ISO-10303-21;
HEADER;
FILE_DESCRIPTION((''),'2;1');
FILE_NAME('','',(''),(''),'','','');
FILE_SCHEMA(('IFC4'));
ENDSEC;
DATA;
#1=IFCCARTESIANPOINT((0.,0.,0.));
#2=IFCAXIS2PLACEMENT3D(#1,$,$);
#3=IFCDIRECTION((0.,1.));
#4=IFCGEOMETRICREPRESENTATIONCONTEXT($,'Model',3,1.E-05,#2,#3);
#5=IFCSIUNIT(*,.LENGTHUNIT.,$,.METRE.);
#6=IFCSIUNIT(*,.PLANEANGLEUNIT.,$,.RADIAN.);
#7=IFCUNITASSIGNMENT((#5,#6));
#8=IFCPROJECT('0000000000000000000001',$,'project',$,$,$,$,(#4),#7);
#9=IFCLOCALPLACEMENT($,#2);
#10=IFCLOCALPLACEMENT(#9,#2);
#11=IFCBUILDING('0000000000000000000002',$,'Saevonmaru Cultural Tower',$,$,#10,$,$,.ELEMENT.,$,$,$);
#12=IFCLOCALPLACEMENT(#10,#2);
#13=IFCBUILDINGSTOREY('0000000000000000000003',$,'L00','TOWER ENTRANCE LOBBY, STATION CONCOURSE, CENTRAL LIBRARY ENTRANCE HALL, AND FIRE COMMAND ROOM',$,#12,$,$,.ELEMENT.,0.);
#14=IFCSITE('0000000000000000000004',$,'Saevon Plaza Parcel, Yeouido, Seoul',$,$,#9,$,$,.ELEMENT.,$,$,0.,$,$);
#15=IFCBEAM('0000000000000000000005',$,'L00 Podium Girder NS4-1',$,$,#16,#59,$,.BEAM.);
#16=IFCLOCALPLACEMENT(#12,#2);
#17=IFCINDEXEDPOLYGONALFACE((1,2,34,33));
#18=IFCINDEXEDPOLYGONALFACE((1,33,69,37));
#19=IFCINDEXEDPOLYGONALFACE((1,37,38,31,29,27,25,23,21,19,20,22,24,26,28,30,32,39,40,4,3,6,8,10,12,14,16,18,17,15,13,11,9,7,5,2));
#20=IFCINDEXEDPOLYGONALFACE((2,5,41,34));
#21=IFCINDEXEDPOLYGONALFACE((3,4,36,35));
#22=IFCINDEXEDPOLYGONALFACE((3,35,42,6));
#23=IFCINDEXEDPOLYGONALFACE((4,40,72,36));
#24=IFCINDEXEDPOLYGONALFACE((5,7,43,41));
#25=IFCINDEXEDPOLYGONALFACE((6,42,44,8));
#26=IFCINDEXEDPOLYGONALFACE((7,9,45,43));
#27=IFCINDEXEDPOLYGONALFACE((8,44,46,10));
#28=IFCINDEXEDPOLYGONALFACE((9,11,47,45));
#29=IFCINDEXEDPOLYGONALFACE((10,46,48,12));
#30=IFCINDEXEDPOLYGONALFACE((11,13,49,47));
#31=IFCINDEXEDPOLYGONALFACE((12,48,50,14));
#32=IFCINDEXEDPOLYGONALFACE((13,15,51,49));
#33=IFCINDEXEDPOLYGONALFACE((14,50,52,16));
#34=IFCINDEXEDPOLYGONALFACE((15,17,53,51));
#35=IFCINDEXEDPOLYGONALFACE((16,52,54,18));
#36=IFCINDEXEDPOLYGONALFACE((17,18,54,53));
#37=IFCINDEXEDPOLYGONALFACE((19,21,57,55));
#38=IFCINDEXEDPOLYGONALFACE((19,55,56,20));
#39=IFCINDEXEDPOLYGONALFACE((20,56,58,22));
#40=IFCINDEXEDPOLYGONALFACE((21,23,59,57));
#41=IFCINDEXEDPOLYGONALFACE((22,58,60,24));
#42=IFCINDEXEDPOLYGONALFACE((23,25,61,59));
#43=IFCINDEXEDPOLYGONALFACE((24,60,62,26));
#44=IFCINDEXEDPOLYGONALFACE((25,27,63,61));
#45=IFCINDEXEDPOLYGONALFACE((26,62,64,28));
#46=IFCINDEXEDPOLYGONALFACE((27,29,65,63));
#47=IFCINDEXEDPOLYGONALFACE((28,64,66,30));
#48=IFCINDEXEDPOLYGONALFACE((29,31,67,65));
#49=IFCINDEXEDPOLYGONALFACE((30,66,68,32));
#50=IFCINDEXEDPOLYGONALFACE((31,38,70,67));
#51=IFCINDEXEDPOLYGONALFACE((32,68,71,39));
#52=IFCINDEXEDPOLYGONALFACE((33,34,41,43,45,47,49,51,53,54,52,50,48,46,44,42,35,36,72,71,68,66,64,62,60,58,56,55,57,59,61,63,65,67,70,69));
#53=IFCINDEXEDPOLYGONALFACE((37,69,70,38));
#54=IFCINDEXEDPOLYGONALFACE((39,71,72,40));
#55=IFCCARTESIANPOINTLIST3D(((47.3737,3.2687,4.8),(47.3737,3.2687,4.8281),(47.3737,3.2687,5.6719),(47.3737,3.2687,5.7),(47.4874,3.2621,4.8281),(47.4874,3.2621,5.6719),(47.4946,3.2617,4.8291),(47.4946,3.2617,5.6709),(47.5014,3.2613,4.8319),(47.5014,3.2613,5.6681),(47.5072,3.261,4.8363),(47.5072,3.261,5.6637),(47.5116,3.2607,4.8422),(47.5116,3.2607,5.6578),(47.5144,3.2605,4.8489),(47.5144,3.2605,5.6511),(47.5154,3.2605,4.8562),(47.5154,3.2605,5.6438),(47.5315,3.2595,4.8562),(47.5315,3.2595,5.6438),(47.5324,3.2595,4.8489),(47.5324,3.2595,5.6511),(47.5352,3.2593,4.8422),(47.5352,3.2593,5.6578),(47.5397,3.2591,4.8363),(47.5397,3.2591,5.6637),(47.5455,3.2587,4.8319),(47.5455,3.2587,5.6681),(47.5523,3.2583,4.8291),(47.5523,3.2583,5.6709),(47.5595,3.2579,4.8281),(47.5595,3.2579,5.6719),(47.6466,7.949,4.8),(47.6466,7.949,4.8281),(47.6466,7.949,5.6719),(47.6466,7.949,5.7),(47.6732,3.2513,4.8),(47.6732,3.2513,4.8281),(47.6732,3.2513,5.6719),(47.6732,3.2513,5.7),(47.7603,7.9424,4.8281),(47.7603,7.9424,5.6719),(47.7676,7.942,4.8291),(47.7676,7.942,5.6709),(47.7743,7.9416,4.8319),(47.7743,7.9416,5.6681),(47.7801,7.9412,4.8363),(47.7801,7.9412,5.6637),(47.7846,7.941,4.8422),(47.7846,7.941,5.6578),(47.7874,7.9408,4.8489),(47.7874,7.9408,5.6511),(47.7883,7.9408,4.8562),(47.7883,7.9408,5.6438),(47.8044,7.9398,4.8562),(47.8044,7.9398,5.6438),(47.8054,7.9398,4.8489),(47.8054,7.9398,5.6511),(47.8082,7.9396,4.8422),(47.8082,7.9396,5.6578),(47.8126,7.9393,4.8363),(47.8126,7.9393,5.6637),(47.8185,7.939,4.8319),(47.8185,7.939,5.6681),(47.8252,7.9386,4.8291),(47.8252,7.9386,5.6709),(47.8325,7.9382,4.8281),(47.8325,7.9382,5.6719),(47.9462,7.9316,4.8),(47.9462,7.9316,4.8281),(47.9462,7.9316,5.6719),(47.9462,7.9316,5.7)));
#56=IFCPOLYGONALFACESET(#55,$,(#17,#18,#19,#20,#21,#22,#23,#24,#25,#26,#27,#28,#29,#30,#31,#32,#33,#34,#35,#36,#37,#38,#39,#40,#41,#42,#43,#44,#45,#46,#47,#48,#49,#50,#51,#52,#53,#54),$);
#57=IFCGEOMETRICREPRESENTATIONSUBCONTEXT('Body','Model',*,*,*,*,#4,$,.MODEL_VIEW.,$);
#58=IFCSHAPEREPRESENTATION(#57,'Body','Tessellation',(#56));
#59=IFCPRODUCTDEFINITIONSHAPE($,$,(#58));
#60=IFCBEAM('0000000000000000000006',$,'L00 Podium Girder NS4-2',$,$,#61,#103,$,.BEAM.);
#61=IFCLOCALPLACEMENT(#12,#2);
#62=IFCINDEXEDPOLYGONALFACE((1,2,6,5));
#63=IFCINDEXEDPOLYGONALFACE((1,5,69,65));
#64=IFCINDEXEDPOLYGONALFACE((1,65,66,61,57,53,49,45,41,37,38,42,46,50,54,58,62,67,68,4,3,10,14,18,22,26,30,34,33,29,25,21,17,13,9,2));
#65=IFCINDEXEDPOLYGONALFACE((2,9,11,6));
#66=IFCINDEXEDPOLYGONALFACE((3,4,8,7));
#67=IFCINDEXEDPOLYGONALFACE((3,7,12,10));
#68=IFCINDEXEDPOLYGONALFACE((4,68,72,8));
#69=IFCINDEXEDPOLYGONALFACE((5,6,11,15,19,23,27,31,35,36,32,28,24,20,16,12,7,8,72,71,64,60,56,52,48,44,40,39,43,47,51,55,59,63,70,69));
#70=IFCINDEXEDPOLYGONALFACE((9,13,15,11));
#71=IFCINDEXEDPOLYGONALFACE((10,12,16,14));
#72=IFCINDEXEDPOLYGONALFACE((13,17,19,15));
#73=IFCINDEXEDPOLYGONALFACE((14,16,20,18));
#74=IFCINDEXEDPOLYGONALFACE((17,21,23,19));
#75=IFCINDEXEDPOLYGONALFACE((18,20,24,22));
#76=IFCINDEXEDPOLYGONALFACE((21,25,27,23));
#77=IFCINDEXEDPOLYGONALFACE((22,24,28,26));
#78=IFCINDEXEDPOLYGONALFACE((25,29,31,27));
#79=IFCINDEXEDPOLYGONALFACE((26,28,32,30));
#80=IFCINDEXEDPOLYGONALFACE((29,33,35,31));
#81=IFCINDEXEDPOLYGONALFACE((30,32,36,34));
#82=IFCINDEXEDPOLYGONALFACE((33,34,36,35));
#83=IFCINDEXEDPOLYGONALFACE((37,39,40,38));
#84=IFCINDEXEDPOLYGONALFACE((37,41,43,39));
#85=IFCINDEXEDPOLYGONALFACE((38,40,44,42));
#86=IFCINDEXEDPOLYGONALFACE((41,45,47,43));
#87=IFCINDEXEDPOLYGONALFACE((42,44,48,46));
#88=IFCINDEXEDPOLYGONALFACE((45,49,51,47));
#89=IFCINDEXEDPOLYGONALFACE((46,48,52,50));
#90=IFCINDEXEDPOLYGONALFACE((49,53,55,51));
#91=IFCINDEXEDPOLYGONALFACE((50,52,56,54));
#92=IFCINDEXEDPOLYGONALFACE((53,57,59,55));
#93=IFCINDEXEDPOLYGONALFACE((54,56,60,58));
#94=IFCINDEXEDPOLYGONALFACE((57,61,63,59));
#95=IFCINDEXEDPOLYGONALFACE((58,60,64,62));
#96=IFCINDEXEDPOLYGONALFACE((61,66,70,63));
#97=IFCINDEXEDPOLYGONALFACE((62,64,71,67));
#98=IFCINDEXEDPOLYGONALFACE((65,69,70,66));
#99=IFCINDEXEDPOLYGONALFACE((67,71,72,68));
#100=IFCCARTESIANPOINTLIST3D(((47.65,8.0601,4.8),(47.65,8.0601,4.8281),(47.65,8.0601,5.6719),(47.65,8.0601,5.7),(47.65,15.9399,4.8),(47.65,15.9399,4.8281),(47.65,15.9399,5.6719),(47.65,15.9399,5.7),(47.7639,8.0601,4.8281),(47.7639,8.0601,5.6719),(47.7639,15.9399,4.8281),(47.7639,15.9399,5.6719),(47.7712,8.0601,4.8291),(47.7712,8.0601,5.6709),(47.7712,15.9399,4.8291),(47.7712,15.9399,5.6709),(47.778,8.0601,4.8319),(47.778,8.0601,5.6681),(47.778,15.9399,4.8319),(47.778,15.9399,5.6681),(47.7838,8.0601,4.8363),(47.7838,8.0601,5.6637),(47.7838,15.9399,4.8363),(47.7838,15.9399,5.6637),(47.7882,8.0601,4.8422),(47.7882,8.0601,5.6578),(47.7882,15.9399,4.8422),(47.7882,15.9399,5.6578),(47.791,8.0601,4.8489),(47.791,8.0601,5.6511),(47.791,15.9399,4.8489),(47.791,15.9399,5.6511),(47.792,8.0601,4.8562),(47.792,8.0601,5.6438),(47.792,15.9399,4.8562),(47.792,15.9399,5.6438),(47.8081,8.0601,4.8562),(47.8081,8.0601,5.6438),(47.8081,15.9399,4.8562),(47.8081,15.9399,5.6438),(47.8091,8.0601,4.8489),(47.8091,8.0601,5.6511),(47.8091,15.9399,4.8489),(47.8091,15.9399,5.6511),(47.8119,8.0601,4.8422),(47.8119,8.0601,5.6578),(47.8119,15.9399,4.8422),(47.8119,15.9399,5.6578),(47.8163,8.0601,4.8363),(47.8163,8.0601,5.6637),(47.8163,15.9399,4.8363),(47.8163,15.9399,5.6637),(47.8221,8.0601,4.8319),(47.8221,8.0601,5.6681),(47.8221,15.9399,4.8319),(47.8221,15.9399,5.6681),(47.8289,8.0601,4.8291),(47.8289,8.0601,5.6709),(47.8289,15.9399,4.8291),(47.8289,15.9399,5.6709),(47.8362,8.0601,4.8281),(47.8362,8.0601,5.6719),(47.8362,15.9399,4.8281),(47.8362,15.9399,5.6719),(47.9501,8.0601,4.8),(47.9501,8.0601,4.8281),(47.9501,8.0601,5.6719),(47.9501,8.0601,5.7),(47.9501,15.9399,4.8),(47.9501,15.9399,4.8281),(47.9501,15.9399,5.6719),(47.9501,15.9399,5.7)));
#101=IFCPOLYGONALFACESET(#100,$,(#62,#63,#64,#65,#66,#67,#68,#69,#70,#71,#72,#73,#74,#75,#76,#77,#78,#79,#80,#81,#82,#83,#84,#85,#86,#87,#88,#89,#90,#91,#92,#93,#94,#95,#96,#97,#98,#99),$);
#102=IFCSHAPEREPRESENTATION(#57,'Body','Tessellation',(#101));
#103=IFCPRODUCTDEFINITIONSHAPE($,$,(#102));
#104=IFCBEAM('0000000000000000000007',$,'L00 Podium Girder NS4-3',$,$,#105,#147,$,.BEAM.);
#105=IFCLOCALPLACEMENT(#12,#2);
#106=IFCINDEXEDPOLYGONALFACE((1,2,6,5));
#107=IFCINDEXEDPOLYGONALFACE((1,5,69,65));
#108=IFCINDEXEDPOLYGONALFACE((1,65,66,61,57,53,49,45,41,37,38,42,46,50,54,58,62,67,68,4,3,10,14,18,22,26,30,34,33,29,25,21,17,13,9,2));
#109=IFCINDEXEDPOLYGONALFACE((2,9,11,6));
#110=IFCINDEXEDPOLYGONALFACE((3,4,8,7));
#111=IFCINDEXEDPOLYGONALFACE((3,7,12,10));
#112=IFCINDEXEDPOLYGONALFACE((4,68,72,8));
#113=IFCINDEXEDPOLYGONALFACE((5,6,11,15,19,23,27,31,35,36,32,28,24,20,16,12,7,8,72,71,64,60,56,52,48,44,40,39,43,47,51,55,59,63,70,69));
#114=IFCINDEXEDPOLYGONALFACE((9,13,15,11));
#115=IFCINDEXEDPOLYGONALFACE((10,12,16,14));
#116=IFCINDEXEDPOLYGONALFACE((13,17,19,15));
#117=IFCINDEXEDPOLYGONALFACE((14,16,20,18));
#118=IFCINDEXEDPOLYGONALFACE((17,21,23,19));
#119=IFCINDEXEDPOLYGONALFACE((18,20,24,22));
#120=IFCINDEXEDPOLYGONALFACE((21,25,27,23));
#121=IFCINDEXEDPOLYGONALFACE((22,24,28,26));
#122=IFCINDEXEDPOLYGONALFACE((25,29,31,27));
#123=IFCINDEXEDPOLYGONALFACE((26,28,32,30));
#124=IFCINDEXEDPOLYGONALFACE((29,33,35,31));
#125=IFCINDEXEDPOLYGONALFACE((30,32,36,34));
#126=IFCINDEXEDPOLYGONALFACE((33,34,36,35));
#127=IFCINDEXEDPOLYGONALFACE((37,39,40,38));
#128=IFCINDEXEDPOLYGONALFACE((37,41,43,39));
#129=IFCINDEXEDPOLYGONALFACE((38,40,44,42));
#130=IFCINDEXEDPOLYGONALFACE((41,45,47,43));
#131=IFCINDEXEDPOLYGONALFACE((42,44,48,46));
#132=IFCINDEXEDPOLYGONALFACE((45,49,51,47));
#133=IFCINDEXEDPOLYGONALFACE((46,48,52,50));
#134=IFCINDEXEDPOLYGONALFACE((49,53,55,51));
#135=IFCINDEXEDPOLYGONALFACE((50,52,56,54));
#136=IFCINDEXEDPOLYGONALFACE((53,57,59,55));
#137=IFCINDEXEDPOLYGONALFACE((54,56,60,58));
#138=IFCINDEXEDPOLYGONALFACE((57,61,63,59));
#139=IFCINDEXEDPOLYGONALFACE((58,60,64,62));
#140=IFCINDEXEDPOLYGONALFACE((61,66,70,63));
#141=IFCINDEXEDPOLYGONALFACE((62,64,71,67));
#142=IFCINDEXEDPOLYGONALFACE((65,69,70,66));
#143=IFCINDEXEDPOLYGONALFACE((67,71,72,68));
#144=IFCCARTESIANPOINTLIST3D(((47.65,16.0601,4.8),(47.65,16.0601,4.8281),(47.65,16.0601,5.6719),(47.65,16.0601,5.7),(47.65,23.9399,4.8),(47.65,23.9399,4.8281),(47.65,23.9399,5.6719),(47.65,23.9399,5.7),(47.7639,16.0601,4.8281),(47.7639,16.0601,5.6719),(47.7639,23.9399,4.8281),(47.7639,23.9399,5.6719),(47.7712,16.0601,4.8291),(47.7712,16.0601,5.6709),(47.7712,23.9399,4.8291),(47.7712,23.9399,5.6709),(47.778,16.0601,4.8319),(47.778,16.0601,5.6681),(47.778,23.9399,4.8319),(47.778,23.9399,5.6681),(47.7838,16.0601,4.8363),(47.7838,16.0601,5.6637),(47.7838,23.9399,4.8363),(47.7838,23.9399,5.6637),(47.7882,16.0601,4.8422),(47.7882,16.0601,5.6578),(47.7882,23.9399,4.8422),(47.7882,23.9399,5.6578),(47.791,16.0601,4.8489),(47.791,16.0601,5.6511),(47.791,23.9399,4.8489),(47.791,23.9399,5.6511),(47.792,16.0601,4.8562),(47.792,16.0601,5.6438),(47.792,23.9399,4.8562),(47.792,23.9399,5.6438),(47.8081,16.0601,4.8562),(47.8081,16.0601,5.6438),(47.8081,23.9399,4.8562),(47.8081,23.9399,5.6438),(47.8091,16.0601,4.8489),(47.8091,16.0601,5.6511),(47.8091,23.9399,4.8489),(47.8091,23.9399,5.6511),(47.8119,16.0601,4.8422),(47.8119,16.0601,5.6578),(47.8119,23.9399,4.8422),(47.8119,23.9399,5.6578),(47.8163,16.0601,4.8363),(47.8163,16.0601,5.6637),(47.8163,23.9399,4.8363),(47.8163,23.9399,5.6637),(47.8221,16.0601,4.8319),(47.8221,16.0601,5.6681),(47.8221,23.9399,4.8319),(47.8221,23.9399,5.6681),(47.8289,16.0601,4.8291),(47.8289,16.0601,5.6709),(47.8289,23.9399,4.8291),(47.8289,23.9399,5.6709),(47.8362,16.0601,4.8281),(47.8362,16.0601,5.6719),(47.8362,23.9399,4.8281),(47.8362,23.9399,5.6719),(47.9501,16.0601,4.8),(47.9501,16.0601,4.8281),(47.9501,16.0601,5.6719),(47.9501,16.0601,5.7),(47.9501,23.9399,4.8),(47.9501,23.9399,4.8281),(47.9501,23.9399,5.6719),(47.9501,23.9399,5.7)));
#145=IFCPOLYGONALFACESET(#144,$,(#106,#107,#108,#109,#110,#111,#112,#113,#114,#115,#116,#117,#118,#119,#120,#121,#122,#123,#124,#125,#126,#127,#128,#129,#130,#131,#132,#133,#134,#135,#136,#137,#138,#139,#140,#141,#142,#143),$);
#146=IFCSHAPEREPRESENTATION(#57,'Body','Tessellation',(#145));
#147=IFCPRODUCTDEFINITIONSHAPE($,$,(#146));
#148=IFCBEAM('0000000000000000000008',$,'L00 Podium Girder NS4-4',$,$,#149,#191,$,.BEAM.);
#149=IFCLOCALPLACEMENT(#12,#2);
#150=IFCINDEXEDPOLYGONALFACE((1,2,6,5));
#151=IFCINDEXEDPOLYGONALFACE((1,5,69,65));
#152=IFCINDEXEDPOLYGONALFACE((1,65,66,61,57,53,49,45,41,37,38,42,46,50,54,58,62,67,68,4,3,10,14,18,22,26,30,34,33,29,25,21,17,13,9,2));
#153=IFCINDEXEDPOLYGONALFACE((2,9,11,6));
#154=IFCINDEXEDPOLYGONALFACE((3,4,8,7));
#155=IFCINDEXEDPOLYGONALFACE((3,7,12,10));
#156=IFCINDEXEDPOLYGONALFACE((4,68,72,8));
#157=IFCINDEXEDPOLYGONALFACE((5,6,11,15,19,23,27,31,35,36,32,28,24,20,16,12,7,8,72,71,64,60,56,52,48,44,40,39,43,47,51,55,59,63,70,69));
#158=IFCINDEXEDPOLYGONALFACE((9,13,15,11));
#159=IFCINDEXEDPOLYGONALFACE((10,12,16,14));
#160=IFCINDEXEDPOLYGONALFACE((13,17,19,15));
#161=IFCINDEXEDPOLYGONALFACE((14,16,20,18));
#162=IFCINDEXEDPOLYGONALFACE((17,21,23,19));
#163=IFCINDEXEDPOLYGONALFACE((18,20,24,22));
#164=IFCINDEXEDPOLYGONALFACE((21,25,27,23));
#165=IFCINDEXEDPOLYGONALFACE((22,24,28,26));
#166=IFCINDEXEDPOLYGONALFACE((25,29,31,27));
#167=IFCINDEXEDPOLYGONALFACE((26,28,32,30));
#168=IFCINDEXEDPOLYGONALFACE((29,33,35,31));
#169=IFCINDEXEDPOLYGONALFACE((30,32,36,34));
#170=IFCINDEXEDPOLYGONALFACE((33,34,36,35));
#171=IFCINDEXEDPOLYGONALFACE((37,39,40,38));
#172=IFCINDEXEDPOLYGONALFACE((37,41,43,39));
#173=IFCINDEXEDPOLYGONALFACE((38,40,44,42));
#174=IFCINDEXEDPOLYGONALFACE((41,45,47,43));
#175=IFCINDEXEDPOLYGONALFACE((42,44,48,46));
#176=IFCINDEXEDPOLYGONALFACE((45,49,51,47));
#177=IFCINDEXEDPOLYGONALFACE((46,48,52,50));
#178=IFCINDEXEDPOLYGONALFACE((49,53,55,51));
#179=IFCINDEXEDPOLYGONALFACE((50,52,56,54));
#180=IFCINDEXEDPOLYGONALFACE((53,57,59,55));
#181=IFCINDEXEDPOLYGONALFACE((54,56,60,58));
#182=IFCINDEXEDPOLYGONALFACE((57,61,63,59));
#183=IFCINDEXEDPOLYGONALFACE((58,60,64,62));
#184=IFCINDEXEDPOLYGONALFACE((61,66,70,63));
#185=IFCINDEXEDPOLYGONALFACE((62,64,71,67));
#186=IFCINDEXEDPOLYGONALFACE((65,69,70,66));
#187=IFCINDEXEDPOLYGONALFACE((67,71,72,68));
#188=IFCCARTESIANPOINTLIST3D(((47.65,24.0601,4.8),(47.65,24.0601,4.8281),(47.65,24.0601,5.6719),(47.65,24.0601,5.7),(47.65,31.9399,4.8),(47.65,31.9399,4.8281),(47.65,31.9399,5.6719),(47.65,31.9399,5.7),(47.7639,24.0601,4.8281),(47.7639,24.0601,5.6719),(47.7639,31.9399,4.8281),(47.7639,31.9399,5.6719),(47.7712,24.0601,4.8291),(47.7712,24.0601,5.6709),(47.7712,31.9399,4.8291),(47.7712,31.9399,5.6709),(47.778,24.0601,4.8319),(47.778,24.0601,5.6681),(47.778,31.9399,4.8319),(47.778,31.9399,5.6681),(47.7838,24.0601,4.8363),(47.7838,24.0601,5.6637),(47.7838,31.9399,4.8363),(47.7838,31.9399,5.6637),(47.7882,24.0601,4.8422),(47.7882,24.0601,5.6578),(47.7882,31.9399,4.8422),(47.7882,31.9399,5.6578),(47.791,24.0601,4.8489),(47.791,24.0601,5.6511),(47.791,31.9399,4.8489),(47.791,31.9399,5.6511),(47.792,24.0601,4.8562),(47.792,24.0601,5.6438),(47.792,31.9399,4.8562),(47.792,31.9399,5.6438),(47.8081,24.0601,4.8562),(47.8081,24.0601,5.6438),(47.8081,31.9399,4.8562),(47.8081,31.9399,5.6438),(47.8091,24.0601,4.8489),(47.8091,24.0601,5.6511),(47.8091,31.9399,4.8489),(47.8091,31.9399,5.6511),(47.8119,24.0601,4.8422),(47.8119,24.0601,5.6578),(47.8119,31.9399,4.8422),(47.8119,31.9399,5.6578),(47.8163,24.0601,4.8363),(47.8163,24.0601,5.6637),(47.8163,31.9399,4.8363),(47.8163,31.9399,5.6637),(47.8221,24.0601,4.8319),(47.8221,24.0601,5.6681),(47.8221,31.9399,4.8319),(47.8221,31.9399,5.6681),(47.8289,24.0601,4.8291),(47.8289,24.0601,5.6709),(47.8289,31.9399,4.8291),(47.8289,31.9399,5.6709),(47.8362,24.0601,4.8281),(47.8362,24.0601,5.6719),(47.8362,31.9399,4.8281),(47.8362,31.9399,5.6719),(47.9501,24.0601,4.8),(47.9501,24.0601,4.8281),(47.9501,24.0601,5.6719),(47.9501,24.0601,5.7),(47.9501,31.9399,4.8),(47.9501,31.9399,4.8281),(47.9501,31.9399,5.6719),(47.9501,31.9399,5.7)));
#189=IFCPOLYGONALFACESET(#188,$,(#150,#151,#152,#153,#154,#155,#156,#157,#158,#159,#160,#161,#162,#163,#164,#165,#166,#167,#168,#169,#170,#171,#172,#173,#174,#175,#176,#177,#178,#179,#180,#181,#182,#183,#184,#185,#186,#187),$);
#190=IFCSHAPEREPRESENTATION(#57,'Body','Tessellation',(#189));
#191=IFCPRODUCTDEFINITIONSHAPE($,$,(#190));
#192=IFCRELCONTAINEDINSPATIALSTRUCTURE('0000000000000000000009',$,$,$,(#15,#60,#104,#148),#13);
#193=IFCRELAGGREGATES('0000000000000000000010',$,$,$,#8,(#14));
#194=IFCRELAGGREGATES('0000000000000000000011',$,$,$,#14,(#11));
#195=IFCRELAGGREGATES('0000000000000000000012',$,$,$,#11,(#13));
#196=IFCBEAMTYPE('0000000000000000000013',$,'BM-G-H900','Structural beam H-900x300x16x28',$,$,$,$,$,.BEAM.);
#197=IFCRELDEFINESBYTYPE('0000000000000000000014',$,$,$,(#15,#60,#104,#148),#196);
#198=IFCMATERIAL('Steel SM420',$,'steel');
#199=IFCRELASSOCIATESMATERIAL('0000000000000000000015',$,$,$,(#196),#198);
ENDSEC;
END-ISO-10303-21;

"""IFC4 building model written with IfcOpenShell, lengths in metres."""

from ifc_helpers import new_model, si_unit, direction, frame, origin, origin_2d, place, context, subcontext, project, spatial, i_section, extrude, material, material_profile, profile_set, type_object, element, save


model = new_model("IFC4")

# Units and contexts
model_context = context("Model", 3, precision=1e-05, world=origin(), true_north=direction((0.0, 1.0)))
body_context = subcontext(model_context, "Body", "Model", "MODEL_VIEW")
ifc_project = project(units=[si_unit("LENGTHUNIT", "METRE"), si_unit("PLANEANGLEUNIT", "RADIAN")], contexts=[model_context])

# Site, building, storey
site_placement = place(None, origin())
site = spatial("IfcSite", under=ifc_project, at=site_placement, Name="Saevon Plaza Parcel, Yeouido, Seoul", CompositionType="ELEMENT", RefElevation=0.0)
building_placement = place(site_placement, origin())
building = spatial("IfcBuilding", under=site, at=building_placement, Name="Saevonmaru Cultural Tower", CompositionType="ELEMENT")
storey_placement = place(building_placement, origin())
storey = spatial("IfcBuildingStorey", under=building, at=storey_placement, Name="L00", Description="TOWER ENTRANCE LOBBY, STATION CONCOURSE, CENTRAL LIBRARY ENTRANCE HALL, AND FIRE COMMAND ROOM", CompositionType="ELEMENT", Elevation=0.0)

# Beams
ifc_material_1 = material(Name="Steel SM420", Category="steel")
ifc_material_profile_1 = material_profile(ifc_material_1, i_section(OverallWidth=0.3, OverallDepth=0.8999, WebThickness=0.0161, FlangeThickness=0.0281, FilletRadius=0.0281, at=origin_2d()), Name="H-900x300x16x28")
ifc_profile_set_1 = profile_set([ifc_material_profile_1], Name="Steel SM420")
beam_type_1 = type_object("IfcBeamType", Name="BM-G-H900", Description="Structural beam H-900x300x16x28", PredefinedType="BEAM", material=ifc_profile_set_1)
beam_1_placement = place(storey_placement, frame((47.5234, 3.26, 5.25), z_axis=(0.058221, 0.998304, 0.0), x_axis=(-0.998304, 0.058221, 0.0)))
element("IfcBeam", 1, at=beam_1_placement, inside=storey, type_object=beam_type_1, Name="L00 Podium Girder NS4-1", PredefinedType="BEAM", context=body_context, shape_type="SweptSolid", body=[
    extrude(i_section(OverallWidth=0.3, OverallDepth=0.8999, WebThickness=0.0161, FlangeThickness=0.0281, FilletRadius=0.0281, at=origin_2d()), origin(), (0.0, 0.0, 1.0), 4.6882),
])
for number, where, z_axis, x_axis, name in (
    (2, (47.8, 8.0601, 5.25), (0.0, 1.0, 0.0), (-1.0, 0.0, 0.0), "L00 Podium Girder NS4-2"),
    (3, (47.8, 16.0601, 5.25), (0.0, 1.0, 0.0), (-1.0, 0.0, 0.0), "L00 Podium Girder NS4-3"),
    (4, (47.8, 24.0601, 5.25), (0.0, 1.0, 0.0), (-1.0, 0.0, 0.0), "L00 Podium Girder NS4-4"),
):
    element("IfcBeam", number, at=place(storey_placement, frame(where, z_axis=z_axis, x_axis=x_axis)), inside=storey, type_object=beam_type_1, Name=name, PredefinedType="BEAM", context=body_context, shape_type="SweptSolid", body=[
        extrude(i_section(OverallWidth=0.3, OverallDepth=0.8999, WebThickness=0.0161, FlangeThickness=0.0281, FilletRadius=0.0281, at=origin_2d()), origin(), (0.0, 0.0, 1.0), 7.8799),
    ])

save(model, "model.ifc")
